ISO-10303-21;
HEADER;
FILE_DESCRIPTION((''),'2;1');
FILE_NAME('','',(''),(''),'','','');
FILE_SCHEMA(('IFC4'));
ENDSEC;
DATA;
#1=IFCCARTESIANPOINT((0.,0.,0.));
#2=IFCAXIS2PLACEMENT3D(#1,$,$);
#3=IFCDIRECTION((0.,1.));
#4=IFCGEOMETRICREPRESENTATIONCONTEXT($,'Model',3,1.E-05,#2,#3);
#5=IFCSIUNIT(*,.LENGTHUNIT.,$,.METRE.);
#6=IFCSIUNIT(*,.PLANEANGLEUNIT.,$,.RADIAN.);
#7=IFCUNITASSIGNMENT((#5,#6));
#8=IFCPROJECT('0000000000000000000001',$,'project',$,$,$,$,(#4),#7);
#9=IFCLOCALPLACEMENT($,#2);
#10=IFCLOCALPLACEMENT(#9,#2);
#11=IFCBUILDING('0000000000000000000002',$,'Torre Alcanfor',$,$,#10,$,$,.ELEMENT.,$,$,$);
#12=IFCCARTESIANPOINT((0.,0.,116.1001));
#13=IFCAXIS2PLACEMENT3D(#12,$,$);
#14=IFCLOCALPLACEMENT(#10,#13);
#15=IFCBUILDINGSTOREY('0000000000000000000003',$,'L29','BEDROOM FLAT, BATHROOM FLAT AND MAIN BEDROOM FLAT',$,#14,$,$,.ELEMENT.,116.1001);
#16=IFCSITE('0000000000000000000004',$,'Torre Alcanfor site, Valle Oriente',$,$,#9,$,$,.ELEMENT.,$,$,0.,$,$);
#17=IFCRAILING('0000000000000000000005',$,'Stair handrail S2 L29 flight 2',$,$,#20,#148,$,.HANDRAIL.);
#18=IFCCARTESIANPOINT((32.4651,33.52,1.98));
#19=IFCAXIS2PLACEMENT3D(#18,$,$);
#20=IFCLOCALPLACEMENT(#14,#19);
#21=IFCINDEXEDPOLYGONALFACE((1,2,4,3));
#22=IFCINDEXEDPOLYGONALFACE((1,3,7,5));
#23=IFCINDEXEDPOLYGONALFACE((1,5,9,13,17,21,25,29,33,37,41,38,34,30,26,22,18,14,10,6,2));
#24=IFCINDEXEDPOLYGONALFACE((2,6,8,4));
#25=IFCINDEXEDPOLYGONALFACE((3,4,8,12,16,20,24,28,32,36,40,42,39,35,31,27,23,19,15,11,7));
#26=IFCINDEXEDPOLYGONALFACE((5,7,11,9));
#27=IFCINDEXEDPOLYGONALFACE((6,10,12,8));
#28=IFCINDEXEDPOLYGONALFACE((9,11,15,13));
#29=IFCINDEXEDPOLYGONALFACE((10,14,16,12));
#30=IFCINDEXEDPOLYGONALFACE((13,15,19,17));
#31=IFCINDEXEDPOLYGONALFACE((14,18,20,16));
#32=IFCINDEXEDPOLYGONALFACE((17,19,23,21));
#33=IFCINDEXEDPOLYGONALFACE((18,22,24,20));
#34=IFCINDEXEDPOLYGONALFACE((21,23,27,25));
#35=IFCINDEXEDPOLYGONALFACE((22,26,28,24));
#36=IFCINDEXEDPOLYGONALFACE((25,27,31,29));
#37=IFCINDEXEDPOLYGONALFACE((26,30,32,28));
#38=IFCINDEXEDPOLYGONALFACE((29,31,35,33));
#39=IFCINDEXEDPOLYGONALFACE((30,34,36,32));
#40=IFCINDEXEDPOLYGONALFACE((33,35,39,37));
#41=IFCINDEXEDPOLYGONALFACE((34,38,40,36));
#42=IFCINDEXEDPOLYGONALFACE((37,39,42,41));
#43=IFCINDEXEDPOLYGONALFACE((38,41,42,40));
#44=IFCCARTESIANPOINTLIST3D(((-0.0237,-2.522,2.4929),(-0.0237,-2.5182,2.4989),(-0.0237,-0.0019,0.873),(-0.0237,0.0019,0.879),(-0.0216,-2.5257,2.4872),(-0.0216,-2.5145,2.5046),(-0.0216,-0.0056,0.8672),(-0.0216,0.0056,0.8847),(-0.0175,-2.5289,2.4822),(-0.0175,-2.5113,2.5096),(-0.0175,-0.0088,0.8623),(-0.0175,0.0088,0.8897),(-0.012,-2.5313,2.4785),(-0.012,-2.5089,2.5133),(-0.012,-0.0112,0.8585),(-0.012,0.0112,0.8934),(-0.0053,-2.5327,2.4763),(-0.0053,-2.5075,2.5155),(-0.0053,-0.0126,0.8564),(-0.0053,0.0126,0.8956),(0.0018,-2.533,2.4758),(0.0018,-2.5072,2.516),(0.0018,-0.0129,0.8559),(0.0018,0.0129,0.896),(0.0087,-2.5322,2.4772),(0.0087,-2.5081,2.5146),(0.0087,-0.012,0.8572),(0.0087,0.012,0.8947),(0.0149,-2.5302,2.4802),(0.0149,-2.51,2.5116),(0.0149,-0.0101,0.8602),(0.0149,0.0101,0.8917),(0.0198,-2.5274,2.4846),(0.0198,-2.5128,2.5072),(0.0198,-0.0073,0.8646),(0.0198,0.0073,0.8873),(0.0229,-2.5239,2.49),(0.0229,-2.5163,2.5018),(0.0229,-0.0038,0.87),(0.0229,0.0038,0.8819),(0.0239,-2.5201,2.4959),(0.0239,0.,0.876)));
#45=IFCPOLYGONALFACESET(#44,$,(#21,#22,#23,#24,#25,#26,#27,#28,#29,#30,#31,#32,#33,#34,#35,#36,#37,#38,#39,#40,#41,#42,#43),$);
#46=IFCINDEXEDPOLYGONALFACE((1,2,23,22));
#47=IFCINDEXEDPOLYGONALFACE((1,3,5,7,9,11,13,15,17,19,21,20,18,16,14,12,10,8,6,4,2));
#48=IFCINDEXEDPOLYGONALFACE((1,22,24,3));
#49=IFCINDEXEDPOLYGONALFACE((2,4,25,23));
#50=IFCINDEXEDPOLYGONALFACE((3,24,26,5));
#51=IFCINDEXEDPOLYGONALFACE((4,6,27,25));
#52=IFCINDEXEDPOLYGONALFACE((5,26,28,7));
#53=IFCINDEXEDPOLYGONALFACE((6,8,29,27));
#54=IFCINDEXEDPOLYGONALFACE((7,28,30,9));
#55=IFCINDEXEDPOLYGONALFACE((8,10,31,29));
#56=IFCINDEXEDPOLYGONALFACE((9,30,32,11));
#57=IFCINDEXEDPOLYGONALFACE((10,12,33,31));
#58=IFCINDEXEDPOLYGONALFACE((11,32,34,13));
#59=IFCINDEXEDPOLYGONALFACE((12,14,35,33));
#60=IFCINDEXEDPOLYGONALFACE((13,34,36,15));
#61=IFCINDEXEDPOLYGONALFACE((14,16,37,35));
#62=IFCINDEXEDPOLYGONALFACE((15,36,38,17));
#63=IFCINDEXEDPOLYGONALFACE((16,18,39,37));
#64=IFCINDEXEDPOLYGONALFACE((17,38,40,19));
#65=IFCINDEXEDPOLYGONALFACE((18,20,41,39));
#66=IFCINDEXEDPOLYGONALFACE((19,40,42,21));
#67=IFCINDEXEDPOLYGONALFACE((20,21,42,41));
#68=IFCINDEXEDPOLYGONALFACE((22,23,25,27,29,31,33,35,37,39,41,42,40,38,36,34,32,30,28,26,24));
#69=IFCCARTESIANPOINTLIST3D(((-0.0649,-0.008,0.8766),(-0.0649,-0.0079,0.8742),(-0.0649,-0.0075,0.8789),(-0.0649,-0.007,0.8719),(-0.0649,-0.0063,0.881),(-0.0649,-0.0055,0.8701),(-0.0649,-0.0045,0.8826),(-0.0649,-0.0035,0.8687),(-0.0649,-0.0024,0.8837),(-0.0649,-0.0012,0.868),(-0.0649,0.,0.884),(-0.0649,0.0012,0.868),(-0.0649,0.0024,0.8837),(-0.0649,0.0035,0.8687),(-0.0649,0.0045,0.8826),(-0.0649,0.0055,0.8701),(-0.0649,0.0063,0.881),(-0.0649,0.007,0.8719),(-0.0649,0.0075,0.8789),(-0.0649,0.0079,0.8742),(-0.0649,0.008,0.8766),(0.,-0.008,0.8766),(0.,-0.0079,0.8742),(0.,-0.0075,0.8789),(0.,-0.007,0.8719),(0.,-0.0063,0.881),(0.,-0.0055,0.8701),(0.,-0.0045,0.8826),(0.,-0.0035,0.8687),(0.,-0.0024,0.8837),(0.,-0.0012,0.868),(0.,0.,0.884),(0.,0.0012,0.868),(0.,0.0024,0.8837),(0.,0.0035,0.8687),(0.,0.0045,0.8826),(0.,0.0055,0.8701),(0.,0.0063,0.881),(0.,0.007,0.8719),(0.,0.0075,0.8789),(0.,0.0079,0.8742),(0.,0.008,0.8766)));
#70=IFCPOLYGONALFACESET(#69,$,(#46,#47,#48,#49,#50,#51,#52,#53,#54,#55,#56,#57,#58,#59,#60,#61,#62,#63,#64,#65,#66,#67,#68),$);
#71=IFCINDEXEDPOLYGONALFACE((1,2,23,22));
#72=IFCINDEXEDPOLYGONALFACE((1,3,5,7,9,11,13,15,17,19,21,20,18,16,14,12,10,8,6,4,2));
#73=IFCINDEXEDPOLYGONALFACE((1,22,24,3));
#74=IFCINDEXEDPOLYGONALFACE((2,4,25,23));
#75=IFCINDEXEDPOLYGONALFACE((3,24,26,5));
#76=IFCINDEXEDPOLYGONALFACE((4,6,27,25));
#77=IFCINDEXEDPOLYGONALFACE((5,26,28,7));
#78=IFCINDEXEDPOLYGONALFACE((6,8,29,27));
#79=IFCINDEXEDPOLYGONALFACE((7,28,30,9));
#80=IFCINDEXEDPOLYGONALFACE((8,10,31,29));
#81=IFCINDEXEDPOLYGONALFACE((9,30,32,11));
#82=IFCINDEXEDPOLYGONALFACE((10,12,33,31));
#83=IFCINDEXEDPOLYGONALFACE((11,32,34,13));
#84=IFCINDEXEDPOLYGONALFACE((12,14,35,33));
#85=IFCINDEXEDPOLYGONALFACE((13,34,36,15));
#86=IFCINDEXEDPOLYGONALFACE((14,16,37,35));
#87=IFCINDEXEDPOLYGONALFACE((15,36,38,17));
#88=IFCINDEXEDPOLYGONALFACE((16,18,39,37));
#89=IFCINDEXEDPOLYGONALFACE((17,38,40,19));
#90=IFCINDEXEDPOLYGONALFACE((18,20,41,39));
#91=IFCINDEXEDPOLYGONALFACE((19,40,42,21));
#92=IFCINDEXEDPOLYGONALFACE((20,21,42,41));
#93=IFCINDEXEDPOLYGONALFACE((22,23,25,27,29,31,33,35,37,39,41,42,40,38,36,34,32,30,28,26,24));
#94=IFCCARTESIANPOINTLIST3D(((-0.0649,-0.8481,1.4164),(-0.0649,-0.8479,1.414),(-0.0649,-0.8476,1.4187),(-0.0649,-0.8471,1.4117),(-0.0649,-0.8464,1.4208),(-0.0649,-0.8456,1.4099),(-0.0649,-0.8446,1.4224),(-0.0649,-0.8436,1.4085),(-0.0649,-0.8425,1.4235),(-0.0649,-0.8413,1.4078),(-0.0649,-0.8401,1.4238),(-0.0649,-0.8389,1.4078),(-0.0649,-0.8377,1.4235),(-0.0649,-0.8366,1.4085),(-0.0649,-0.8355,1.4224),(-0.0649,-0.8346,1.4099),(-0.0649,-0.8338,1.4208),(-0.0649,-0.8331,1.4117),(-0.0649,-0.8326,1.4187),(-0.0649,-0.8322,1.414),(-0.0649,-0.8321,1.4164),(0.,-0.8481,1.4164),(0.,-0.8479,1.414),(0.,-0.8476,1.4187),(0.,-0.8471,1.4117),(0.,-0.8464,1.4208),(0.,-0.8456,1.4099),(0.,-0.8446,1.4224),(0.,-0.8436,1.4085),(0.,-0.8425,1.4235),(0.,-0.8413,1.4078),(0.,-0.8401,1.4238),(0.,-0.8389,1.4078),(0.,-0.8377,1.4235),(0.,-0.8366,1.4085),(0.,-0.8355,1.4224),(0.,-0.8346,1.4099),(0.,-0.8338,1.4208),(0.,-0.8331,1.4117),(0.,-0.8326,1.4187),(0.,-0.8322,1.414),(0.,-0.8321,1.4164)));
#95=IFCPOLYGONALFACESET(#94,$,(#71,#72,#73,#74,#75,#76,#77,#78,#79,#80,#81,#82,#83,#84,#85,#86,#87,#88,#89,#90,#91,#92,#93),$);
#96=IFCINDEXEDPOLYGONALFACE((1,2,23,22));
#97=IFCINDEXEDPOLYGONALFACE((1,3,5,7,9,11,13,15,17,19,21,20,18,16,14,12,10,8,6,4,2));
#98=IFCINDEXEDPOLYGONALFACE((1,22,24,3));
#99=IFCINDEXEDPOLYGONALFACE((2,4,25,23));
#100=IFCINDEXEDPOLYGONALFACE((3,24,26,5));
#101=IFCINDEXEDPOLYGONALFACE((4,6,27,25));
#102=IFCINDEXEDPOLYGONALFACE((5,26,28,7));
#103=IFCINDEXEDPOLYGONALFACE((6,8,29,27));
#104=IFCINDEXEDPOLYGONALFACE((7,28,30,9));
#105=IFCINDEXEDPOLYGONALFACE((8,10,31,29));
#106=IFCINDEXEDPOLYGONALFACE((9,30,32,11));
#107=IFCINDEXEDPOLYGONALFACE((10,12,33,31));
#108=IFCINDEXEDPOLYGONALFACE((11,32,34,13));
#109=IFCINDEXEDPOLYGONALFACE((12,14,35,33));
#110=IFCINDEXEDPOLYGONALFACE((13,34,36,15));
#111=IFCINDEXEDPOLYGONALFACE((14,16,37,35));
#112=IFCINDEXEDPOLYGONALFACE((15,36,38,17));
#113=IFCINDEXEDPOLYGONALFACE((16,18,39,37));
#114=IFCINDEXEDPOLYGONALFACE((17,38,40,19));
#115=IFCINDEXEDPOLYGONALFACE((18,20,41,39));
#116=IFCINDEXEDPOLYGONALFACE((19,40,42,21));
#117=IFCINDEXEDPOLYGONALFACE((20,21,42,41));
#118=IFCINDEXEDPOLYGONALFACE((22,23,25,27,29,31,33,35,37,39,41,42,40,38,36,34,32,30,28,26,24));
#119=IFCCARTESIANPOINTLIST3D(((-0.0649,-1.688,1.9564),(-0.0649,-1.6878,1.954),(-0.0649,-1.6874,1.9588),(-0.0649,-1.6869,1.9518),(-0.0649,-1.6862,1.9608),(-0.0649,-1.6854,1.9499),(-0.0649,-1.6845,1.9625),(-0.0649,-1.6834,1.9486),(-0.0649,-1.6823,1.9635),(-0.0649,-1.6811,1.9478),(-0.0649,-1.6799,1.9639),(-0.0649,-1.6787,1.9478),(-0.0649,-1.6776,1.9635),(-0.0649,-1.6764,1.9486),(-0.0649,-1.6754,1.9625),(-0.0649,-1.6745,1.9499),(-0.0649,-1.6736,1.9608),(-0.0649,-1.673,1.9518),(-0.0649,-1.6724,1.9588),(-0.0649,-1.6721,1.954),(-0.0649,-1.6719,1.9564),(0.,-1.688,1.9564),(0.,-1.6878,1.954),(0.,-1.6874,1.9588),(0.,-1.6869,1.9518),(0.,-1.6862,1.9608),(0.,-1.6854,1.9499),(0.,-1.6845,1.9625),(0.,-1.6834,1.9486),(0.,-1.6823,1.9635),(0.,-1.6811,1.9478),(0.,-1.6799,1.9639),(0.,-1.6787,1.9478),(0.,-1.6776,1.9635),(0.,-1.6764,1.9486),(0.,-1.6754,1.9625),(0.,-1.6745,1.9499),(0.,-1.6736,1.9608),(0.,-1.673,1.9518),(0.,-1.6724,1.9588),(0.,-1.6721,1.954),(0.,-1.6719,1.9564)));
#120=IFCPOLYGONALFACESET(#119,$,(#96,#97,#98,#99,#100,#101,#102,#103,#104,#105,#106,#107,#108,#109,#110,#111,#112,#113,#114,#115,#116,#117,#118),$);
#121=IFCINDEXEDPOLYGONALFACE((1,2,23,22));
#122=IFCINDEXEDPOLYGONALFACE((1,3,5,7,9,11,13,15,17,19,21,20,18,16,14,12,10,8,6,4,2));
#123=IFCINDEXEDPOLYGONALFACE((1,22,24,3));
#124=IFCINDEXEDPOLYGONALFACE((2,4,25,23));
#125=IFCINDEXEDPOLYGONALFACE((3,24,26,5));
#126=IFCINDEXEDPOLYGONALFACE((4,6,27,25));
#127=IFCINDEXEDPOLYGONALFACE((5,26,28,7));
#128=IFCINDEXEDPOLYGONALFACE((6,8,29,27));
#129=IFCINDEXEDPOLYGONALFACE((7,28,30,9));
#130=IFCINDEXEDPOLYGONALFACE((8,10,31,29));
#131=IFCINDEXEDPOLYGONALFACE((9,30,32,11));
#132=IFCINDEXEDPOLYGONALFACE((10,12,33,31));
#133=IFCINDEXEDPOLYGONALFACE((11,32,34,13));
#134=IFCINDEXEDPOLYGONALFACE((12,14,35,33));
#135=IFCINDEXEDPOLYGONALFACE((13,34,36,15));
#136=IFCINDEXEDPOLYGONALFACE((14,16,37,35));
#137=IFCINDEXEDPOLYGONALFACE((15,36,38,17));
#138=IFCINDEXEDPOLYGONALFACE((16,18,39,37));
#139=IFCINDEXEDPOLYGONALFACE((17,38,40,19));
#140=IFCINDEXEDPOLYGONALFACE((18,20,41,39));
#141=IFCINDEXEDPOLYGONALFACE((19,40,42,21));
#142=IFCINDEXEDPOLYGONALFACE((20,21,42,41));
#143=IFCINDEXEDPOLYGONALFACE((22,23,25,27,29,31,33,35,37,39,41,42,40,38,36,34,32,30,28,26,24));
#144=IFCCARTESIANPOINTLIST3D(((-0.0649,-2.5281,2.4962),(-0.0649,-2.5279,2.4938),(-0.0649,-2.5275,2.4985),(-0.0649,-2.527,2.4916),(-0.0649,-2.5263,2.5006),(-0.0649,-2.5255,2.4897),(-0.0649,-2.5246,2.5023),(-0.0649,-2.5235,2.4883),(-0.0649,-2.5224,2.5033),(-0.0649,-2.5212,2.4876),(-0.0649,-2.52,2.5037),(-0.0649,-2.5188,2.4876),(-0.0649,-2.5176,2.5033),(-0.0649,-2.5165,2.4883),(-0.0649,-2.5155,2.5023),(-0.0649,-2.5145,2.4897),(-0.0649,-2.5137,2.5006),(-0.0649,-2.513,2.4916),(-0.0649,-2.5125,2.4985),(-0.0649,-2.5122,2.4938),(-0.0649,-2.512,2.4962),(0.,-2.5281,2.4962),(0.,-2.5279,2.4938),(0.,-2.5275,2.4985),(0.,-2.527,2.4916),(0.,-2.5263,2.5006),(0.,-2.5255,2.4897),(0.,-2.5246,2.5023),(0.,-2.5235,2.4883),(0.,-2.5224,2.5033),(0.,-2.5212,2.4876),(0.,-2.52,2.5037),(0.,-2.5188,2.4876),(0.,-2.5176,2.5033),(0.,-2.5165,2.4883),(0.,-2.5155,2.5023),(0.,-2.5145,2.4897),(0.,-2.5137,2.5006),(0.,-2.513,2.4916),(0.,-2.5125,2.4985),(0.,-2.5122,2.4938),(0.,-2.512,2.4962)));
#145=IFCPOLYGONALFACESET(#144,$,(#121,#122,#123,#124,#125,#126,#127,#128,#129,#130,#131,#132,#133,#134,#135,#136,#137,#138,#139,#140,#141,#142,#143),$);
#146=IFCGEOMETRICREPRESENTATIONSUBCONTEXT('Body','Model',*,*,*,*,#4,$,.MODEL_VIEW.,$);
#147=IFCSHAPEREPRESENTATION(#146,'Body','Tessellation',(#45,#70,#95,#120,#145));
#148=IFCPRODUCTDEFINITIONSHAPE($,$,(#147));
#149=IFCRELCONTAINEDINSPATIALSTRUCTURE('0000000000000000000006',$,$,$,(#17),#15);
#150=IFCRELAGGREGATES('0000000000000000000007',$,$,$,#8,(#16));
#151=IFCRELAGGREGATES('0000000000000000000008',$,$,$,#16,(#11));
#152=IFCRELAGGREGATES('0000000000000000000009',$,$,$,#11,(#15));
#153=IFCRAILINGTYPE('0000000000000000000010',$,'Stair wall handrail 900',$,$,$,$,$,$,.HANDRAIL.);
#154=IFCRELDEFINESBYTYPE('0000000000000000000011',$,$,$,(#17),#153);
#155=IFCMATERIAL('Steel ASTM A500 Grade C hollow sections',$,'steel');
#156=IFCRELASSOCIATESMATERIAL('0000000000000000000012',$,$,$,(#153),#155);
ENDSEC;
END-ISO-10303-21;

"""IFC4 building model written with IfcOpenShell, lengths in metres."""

from ifc_helpers import new_model, si_unit, direction, frame, origin, origin_2d, place, context, subcontext, project, spatial, circle, extrude, material, type_object, element, save


model = new_model("IFC4")

# Units and contexts
model_context = context("Model", 3, precision=1e-05, world=origin(), true_north=direction((0.0, 1.0)))
body_context = subcontext(model_context, "Body", "Model", "MODEL_VIEW")
ifc_project = project(units=[si_unit("LENGTHUNIT", "METRE"), si_unit("PLANEANGLEUNIT", "RADIAN")], contexts=[model_context])

# Site, building, storey
site_placement = place(None, origin())
site = spatial("IfcSite", under=ifc_project, at=site_placement, Name="Torre Alcanfor site, Valle Oriente", CompositionType="ELEMENT", RefElevation=0.0)
building_placement = place(site_placement, origin())
building = spatial("IfcBuilding", under=site, at=building_placement, Name="Torre Alcanfor", CompositionType="ELEMENT")
storey_placement = place(building_placement, frame((0.0, 0.0, 116.1001)))
storey = spatial("IfcBuildingStorey", under=building, at=storey_placement, Name="L29", Description="BEDROOM FLAT, BATHROOM FLAT AND MAIN BEDROOM FLAT", CompositionType="ELEMENT", Elevation=116.1001)

# Railing
ifc_material_1 = material(Name="Steel ASTM A500 Grade C hollow sections", Category="steel")
railing_type_1 = type_object("IfcRailingType", Name="Stair wall handrail 900", PredefinedType="HANDRAIL", material=ifc_material_1)
railing_1_placement = place(storey_placement, frame((32.4651, 33.52, 1.98)))
element("IfcRailing", 1, at=railing_1_placement, inside=storey, type_object=railing_type_1, Name="Stair handrail S2 L29 flight 2", PredefinedType="HANDRAIL", context=body_context, shape_type="SweptSolid", body=[
    extrude(circle(Radius=0.0239, at=origin_2d()), frame((0.0, 0.0, 0.876), z_axis=(0.0, -0.8412, 0.540725), x_axis=(1.0, 0.0, 0.0)), (0.0, 0.0, 1.0), 2.9958),
    extrude(circle(Radius=0.0081, at=origin_2d()), frame((0.0, 0.0, 0.876), z_axis=(-1.0, 0.0, 0.0), x_axis=(0.0, 0.0, 1.0)), (0.0, 0.0, 1.0), 0.0649),
    extrude(circle(Radius=0.0081, at=origin_2d()), frame((0.0, -0.8401, 1.4158), z_axis=(-1.0, 0.0, 0.0), x_axis=(0.0, 0.0, 1.0)), (0.0, 0.0, 1.0), 0.0649),
    extrude(circle(Radius=0.0081, at=origin_2d()), frame((0.0, -1.6799, 1.9558), z_axis=(-1.0, 0.0, 0.0), x_axis=(0.0, 0.0, 1.0)), (0.0, 0.0, 1.0), 0.0649),
    extrude(circle(Radius=0.0081, at=origin_2d()), frame((0.0, -2.52, 2.4956), z_axis=(-1.0, 0.0, 0.0), x_axis=(0.0, 0.0, 1.0)), (0.0, 0.0, 1.0), 0.0649),
])

save(model, "model.ifc")
